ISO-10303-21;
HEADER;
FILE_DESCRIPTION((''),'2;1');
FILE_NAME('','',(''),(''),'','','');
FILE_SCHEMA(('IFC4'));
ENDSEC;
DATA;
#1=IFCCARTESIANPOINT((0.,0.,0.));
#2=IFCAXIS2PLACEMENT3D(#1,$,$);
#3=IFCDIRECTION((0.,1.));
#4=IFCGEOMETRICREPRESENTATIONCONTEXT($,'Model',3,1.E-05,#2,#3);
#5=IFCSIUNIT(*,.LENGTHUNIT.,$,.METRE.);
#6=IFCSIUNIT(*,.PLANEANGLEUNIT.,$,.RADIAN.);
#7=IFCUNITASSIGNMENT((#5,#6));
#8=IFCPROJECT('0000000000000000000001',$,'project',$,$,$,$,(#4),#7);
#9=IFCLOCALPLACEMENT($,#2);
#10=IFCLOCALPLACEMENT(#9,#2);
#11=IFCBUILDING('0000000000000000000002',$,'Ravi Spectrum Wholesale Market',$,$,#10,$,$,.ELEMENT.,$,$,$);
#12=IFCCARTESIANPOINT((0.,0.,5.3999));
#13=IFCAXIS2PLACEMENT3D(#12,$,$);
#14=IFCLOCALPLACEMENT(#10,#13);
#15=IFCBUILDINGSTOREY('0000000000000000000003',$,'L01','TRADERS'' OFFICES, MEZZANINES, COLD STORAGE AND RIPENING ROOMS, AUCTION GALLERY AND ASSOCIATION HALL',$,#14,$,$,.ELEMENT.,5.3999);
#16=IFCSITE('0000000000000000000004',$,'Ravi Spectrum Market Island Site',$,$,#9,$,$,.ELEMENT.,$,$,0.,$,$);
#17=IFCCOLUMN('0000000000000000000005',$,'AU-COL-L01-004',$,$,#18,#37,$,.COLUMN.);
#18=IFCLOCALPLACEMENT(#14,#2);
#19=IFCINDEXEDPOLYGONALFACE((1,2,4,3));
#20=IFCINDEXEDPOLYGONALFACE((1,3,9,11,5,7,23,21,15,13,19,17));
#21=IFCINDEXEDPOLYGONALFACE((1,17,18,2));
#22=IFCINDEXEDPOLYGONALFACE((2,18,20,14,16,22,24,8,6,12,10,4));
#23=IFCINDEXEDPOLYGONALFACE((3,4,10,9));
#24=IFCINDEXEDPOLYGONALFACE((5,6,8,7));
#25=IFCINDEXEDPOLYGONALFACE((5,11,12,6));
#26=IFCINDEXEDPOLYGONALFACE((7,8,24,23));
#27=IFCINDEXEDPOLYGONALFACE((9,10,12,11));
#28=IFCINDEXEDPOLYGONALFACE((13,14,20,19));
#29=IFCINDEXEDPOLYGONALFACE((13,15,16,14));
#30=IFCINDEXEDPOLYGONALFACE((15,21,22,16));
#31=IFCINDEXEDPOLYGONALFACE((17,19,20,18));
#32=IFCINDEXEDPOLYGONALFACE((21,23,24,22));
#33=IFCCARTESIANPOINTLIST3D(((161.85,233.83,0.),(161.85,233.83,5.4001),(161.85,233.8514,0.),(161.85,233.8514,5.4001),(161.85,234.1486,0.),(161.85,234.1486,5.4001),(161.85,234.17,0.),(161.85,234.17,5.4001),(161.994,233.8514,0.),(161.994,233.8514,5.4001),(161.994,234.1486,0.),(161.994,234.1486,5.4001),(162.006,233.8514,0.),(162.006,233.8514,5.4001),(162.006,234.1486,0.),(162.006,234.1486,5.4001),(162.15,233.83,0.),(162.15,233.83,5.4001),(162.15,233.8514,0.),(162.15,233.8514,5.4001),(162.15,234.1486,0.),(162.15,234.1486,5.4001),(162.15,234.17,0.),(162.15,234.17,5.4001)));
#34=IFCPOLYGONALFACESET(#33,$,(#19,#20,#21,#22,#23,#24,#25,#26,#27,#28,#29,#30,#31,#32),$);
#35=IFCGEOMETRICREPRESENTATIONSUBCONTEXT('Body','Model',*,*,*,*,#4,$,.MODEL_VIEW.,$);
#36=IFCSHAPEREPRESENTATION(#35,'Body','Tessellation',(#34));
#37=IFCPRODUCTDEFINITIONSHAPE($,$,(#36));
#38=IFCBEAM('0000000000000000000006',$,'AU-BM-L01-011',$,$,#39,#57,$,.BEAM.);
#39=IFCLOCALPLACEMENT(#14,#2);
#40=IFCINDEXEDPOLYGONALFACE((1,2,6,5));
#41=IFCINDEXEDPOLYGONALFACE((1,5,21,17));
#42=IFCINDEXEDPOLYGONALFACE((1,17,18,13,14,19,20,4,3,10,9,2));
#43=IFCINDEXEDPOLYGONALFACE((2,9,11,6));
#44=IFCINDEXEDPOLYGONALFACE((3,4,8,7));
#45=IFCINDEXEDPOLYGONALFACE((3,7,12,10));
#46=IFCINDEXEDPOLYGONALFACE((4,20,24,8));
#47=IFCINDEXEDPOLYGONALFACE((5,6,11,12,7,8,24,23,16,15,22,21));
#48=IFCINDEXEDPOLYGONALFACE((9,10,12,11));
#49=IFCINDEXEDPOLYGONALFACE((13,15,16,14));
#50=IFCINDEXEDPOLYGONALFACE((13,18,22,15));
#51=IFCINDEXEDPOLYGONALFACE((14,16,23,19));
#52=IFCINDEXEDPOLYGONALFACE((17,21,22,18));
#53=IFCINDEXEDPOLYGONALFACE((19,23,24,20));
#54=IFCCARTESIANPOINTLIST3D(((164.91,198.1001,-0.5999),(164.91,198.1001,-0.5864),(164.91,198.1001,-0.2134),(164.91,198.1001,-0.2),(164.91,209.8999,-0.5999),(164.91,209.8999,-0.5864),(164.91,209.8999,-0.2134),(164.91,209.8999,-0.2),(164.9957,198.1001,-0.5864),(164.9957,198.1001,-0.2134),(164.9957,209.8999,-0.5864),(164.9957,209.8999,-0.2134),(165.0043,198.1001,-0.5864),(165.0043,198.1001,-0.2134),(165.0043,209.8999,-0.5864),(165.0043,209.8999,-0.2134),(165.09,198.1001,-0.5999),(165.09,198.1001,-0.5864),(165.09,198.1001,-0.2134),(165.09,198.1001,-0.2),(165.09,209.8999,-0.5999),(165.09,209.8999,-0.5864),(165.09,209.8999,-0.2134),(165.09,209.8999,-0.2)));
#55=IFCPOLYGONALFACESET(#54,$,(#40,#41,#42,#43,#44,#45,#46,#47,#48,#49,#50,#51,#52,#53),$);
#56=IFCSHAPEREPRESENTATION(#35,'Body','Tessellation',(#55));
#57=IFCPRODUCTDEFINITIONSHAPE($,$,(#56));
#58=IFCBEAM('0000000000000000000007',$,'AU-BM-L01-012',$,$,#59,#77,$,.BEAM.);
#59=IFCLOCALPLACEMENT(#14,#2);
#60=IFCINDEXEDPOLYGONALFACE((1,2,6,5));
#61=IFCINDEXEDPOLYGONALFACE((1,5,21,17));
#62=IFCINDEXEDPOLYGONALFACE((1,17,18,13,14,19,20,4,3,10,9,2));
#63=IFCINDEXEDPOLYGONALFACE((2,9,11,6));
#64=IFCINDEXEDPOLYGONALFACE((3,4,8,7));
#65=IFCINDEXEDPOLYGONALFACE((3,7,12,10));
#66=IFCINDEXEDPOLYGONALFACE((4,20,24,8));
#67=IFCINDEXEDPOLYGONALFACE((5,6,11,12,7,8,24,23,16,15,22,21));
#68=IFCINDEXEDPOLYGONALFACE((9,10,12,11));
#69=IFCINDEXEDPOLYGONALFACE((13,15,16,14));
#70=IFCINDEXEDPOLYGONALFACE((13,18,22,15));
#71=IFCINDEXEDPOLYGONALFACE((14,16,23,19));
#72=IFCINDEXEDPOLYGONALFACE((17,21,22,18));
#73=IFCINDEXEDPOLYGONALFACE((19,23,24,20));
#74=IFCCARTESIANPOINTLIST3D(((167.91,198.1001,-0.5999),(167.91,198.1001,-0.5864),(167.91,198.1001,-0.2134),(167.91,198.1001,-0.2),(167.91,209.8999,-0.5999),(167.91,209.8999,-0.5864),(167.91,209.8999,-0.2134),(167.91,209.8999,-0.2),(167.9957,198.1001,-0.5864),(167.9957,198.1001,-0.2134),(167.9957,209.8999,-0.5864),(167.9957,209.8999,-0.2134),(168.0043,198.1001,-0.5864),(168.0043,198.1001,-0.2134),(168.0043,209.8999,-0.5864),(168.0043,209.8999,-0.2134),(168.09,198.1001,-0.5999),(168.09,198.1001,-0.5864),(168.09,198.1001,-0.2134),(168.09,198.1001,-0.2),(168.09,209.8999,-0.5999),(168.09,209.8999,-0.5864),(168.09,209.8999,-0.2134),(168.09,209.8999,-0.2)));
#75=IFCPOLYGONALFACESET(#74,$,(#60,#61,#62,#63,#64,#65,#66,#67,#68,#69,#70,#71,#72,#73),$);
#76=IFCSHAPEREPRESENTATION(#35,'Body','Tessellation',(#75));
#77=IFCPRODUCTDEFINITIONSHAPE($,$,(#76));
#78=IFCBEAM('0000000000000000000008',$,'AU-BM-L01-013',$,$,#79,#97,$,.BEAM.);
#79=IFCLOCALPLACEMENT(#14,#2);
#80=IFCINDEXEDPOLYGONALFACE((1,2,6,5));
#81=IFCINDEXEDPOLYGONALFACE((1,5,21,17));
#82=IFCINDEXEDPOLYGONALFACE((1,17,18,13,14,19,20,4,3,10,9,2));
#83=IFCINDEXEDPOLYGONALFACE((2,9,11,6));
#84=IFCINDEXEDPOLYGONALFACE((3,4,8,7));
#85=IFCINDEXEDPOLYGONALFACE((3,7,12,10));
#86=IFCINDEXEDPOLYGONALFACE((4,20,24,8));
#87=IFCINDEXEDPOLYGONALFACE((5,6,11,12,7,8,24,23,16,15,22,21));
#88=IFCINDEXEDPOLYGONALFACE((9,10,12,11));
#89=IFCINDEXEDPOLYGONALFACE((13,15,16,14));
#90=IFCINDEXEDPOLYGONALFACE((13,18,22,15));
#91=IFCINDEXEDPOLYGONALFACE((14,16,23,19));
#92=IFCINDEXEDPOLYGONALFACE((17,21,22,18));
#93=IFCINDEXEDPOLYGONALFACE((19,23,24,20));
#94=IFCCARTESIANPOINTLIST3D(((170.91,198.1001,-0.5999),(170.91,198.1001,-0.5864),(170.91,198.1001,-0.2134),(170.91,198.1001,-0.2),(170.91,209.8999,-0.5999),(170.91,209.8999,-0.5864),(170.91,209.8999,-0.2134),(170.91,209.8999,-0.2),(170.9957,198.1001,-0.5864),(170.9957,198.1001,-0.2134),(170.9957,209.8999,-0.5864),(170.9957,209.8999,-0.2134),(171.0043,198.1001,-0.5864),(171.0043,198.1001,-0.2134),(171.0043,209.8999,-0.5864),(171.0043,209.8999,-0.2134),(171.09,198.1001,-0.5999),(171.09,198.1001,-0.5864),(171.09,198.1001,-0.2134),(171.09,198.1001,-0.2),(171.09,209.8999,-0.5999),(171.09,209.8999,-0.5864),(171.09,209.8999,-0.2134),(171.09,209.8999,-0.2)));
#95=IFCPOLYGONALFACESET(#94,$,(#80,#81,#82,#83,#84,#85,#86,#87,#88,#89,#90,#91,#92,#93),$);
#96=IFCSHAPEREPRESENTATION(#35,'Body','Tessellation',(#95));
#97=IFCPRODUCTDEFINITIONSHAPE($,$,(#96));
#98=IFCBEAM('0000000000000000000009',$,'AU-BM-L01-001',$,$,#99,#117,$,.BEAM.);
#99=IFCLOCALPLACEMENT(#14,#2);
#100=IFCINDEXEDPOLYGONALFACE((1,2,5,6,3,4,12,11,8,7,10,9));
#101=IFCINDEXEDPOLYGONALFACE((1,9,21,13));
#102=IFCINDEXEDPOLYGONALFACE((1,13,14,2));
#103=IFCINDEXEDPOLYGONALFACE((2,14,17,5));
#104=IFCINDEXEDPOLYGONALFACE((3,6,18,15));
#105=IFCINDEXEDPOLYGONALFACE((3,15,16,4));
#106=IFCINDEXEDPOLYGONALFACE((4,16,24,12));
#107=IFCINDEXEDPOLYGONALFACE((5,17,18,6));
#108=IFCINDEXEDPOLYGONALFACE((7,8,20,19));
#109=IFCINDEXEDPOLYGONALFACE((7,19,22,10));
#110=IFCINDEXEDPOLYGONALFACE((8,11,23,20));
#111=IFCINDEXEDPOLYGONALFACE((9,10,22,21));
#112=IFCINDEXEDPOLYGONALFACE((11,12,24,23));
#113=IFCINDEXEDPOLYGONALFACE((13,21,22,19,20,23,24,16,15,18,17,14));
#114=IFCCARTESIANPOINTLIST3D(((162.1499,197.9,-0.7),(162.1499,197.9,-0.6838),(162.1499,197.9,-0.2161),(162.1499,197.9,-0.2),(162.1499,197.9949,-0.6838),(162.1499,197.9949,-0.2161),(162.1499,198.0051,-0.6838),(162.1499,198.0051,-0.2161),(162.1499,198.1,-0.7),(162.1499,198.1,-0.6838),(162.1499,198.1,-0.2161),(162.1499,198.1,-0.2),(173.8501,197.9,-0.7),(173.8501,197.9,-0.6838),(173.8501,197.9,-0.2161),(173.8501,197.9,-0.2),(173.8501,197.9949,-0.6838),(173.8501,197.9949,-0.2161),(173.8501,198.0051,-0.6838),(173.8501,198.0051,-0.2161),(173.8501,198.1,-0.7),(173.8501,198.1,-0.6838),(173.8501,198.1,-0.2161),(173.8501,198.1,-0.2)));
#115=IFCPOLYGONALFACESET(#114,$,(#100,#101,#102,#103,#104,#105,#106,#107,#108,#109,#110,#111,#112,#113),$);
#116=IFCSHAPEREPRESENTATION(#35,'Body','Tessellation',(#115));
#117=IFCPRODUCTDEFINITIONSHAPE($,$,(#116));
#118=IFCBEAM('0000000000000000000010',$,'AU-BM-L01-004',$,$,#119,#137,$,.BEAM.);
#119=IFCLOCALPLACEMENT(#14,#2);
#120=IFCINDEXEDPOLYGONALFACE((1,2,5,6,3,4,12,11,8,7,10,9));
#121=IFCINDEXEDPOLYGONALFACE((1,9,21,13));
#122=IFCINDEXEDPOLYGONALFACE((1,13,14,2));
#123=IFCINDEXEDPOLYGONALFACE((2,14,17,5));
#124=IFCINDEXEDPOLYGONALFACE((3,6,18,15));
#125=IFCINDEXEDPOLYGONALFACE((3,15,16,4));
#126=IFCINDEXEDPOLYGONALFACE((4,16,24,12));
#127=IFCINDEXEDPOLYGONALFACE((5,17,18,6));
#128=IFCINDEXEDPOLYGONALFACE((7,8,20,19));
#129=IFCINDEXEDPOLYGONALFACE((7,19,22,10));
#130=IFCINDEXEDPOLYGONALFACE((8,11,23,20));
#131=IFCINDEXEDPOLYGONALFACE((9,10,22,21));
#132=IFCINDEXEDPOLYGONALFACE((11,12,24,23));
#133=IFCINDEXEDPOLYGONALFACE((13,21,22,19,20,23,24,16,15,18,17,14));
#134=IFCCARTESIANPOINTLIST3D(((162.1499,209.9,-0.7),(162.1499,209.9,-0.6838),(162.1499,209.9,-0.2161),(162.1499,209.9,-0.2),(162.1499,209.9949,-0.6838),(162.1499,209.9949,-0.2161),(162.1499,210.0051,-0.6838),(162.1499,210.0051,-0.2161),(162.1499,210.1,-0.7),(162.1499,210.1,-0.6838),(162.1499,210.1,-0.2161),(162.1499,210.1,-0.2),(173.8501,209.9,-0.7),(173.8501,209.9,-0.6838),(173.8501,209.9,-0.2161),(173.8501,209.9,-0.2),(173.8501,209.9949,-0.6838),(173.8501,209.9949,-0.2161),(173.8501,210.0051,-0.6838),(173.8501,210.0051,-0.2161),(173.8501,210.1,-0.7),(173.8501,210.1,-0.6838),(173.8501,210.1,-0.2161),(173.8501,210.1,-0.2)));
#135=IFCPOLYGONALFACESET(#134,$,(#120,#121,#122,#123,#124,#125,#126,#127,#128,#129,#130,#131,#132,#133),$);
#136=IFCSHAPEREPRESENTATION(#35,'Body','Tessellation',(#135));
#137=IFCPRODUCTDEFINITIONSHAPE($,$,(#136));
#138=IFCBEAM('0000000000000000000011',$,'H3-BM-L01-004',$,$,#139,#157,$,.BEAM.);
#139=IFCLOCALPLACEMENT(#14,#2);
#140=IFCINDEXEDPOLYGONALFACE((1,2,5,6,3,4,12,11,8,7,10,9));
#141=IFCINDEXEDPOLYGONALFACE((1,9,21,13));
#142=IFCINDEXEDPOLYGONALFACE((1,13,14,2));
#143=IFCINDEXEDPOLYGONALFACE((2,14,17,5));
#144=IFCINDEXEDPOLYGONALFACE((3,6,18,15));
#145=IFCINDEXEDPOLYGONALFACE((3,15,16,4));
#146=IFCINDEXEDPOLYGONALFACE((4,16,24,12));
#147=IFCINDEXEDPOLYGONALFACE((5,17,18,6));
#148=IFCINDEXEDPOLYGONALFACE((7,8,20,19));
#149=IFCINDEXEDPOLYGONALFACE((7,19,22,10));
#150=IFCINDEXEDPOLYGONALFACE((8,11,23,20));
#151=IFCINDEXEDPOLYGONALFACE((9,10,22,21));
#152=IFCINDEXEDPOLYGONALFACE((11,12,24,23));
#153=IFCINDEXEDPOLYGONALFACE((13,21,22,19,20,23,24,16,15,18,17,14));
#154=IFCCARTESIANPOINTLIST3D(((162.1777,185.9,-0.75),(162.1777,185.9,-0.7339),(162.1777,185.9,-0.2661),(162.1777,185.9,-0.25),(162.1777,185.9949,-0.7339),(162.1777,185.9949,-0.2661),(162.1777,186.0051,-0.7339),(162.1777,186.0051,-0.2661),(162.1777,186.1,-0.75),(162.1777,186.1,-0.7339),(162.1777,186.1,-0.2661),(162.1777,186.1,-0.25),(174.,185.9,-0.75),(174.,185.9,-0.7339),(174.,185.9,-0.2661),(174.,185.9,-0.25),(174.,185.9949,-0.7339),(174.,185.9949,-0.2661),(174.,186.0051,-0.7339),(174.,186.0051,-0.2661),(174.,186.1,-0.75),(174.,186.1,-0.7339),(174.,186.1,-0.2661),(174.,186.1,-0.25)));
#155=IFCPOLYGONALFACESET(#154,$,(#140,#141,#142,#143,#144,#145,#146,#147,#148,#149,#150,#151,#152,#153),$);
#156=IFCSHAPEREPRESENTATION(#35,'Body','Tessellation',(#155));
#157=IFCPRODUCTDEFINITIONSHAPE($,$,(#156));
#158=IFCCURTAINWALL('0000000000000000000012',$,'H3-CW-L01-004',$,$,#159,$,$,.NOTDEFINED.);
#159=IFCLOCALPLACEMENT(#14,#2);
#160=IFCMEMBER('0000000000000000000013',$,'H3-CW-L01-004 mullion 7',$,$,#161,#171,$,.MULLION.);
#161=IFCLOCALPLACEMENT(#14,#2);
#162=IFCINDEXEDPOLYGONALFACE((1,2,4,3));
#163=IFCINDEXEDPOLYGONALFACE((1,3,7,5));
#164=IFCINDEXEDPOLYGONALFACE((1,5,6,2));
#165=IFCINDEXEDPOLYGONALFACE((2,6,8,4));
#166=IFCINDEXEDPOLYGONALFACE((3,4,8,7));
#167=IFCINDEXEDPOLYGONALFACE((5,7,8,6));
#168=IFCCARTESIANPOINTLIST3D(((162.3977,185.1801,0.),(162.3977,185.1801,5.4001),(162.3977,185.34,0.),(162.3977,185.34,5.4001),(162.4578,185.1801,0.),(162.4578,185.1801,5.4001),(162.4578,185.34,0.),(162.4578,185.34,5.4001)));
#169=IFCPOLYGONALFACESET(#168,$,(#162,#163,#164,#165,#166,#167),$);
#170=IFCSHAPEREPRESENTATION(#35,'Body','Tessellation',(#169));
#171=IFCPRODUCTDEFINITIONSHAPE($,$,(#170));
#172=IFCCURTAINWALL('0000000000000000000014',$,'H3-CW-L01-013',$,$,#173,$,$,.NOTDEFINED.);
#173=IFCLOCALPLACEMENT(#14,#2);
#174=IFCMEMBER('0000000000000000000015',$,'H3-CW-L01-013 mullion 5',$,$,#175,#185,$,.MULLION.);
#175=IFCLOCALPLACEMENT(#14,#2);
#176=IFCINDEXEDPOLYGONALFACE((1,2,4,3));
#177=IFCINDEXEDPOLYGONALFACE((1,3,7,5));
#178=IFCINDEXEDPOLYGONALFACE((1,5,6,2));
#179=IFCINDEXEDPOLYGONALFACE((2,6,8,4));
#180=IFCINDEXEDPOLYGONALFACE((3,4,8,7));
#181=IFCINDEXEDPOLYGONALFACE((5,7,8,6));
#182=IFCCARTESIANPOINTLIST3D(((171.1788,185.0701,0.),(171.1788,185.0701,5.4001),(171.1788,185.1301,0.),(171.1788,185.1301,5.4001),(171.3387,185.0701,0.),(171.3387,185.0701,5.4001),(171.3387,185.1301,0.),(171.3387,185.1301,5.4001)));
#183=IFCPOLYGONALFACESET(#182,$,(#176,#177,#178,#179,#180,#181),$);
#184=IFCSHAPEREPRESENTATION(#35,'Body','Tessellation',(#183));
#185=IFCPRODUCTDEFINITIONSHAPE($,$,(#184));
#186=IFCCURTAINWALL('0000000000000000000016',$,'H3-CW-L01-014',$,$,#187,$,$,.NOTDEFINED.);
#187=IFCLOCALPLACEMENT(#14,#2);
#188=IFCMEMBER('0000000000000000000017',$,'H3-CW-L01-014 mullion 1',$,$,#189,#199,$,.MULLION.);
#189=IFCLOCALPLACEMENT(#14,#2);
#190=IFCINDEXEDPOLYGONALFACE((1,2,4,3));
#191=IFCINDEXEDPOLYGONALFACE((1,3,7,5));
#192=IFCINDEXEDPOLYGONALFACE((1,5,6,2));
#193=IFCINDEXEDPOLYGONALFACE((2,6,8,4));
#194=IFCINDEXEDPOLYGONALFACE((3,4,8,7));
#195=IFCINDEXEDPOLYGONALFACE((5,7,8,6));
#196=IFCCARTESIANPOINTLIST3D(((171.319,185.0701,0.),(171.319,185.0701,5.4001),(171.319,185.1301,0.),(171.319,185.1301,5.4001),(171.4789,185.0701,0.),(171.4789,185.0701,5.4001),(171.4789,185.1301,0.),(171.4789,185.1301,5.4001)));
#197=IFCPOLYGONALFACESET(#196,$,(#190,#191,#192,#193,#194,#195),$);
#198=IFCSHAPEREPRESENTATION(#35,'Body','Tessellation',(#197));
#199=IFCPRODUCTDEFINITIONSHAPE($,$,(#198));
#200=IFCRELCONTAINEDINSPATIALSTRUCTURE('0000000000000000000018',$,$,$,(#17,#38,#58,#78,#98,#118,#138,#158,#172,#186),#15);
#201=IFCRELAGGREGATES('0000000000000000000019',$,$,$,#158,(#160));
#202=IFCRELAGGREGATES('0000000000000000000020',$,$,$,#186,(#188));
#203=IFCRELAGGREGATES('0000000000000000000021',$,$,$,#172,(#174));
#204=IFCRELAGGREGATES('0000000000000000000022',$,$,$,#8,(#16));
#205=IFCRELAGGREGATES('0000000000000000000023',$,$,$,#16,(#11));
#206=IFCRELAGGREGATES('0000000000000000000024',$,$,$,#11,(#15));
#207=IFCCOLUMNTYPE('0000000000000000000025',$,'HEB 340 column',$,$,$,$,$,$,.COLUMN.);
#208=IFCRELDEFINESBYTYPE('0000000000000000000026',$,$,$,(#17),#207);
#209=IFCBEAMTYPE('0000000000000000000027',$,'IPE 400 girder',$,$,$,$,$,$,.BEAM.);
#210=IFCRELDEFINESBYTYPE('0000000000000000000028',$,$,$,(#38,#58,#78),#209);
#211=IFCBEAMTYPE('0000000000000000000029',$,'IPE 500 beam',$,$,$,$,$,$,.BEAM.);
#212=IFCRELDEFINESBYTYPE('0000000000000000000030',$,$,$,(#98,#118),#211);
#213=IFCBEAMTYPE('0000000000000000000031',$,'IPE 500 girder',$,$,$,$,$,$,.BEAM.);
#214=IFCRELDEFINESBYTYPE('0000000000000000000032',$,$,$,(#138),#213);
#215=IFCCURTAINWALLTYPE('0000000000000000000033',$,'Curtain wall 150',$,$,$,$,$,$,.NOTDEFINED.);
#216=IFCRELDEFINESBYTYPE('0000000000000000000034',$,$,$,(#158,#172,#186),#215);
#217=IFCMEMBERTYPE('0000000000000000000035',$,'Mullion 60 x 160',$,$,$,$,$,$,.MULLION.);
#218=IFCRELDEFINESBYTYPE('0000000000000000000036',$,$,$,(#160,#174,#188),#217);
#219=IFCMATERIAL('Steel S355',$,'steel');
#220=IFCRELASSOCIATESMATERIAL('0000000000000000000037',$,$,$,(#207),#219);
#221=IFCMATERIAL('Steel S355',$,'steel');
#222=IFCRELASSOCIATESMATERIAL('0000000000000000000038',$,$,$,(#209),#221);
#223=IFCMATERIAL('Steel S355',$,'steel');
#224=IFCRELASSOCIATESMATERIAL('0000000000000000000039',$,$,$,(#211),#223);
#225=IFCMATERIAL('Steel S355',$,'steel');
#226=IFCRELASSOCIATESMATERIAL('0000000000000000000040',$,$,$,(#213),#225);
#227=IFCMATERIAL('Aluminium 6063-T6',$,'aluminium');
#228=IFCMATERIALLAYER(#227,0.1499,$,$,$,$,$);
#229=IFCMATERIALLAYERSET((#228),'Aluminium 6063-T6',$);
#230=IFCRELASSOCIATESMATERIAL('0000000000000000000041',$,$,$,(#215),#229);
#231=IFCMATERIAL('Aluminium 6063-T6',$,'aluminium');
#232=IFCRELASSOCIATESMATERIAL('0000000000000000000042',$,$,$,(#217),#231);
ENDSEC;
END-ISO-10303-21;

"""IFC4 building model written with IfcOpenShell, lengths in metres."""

from ifc_helpers import new_model, si_unit, direction, frame, origin, origin_2d, place, context, subcontext, project, spatial, rectangle, i_section, extrude, material, layer, layer_set, material_profile, profile_set, type_object, element, aggregate, save


model = new_model("IFC4")

# Units and contexts
model_context = context("Model", 3, precision=1e-05, world=origin(), true_north=direction((0.0, 1.0)))
body_context = subcontext(model_context, "Body", "Model", "MODEL_VIEW")
ifc_project = project(units=[si_unit("LENGTHUNIT", "METRE"), si_unit("PLANEANGLEUNIT", "RADIAN")], contexts=[model_context])

# Site, building, storey
site_placement = place(None, origin())
site = spatial("IfcSite", under=ifc_project, at=site_placement, Name="Ravi Spectrum Market Island Site", CompositionType="ELEMENT", RefElevation=0.0)
building_placement = place(site_placement, origin())
building = spatial("IfcBuilding", under=site, at=building_placement, Name="Ravi Spectrum Wholesale Market", CompositionType="ELEMENT")
storey_placement = place(building_placement, frame((0.0, 0.0, 5.3999)))
storey = spatial("IfcBuildingStorey", under=building, at=storey_placement, Name="L01", Description="TRADERS' OFFICES, MEZZANINES, COLD STORAGE AND RIPENING ROOMS, AUCTION GALLERY AND ASSOCIATION HALL", CompositionType="ELEMENT", Elevation=5.3999)

# Column
ifc_material_1 = material(Name="Steel S355", Category="steel")
ifc_material_profile_1 = material_profile(ifc_material_1, i_section(OverallWidth=0.3, OverallDepth=0.3401, WebThickness=0.012, FlangeThickness=0.0215, at=origin_2d()))
ifc_profile_set_1 = profile_set([ifc_material_profile_1], Name="Steel S355")
column_type = type_object("IfcColumnType", Name="HEB 340 column", PredefinedType="COLUMN", material=ifc_profile_set_1)
column_placement = place(storey_placement, frame((162.0, 234.0, 0.0), z_axis=(0.0, 0.0, 1.0), x_axis=(1.0, 0.0, 0.0)))
element("IfcColumn", 1, at=column_placement, inside=storey, type_object=column_type, Name="AU-COL-L01-004", PredefinedType="COLUMN", context=body_context, shape_type="SweptSolid", body=[
    extrude(i_section(OverallWidth=0.3, OverallDepth=0.3401, WebThickness=0.012, FlangeThickness=0.0215, at=origin_2d()), origin(), (0.0, 0.0, 1.0), 5.4001),
])

# Beams
ifc_material_2 = material(Name="Steel S355", Category="steel")
ifc_material_profile_2 = material_profile(ifc_material_2, i_section(OverallWidth=0.1799, OverallDepth=0.3999, WebThickness=0.0085, FlangeThickness=0.0134, at=origin_2d()))
ifc_profile_set_2 = profile_set([ifc_material_profile_2], Name="Steel S355")
beam_type_1 = type_object("IfcBeamType", Name="IPE 400 girder", PredefinedType="BEAM", material=ifc_profile_set_2)
for number, where, z_axis, x_axis, name in (
    (2, (165.0, 198.1001, -0.3999), (0.0, 1.0, 0.0), (-1.0, 0.0, 0.0), "AU-BM-L01-011"),
    (3, (168.0, 198.1001, -0.3999), (0.0, 1.0, 0.0), (-1.0, 0.0, 0.0), "AU-BM-L01-012"),
    (4, (171.0, 198.1001, -0.3999), (0.0, 1.0, 0.0), (-1.0, 0.0, 0.0), "AU-BM-L01-013"),
):
    element("IfcBeam", number, at=place(storey_placement, frame(where, z_axis=z_axis, x_axis=x_axis)), inside=storey, type_object=beam_type_1, Name=name, PredefinedType="BEAM", context=body_context, shape_type="SweptSolid", body=[
        extrude(i_section(OverallWidth=0.1799, OverallDepth=0.3999, WebThickness=0.0085, FlangeThickness=0.0134, at=origin_2d()), origin(), (0.0, 0.0, 1.0), 11.7998),
    ])
ifc_material_3 = material(Name="Steel S355", Category="steel")
ifc_material_profile_3 = material_profile(ifc_material_3, i_section(OverallWidth=0.2, OverallDepth=0.5, WebThickness=0.0103, FlangeThickness=0.0161, at=origin_2d()))
ifc_profile_set_3 = profile_set([ifc_material_profile_3], Name="Steel S355")
beam_type_2 = type_object("IfcBeamType", Name="IPE 500 beam", PredefinedType="BEAM", material=ifc_profile_set_3)
for number, where, z_axis, x_axis, name in (
    (5, (162.1499, 198.0, -0.45), (1.0, 0.0, 0.0), (0.0, 1.0, 0.0), "AU-BM-L01-001"),
    (6, (162.1499, 210.0, -0.45), (1.0, 0.0, 0.0), (0.0, 1.0, 0.0), "AU-BM-L01-004"),
):
    element("IfcBeam", number, at=place(storey_placement, frame(where, z_axis=z_axis, x_axis=x_axis)), inside=storey, type_object=beam_type_2, Name=name, PredefinedType="BEAM", context=body_context, shape_type="SweptSolid", body=[
        extrude(i_section(OverallWidth=0.2, OverallDepth=0.5, WebThickness=0.0103, FlangeThickness=0.0161, at=origin_2d()), origin(), (0.0, 0.0, 1.0), 11.7002),
    ])
ifc_material_4 = material(Name="Steel S355", Category="steel")
ifc_material_profile_4 = material_profile(ifc_material_4, i_section(OverallWidth=0.2, OverallDepth=0.5, WebThickness=0.0103, FlangeThickness=0.0161, at=origin_2d()))
ifc_profile_set_4 = profile_set([ifc_material_profile_4], Name="Steel S355")
beam_type_3 = type_object("IfcBeamType", Name="IPE 500 girder", PredefinedType="BEAM", material=ifc_profile_set_4)
beam_placement = place(storey_placement, frame((162.1777, 186.0, -0.5), z_axis=(1.0, 0.0, 0.0), x_axis=(0.0, 1.0, 0.0)))
element("IfcBeam", 7, at=beam_placement, inside=storey, type_object=beam_type_3, Name="H3-BM-L01-004", PredefinedType="BEAM", context=body_context, shape_type="SweptSolid", body=[
    extrude(i_section(OverallWidth=0.2, OverallDepth=0.5, WebThickness=0.0103, FlangeThickness=0.0161, at=origin_2d()), origin(), (0.0, 0.0, 1.0), 11.8223),
])

# Curtain walls, members
ifc_material_5 = material(Name="Aluminium 6063-T6", Category="aluminium")
ifc_layer_1 = layer(ifc_material_5, 0.1499)
ifc_layer_set_1 = layer_set([ifc_layer_1], Name="Aluminium 6063-T6")
curtain_wall_type = type_object("IfcCurtainWallType", Name="Curtain wall 150", PredefinedType="NOTDEFINED", material=ifc_layer_set_1)
curtain_wall_1_placement = place(storey_placement, origin())
curtain_wall_1 = element("IfcCurtainWall", 8, at=curtain_wall_1_placement, inside=storey, type_object=curtain_wall_type, Name="H3-CW-L01-004", PredefinedType="NOTDEFINED")
ifc_material_6 = material(Name="Aluminium 6063-T6", Category="aluminium")
ifc_material_profile_5 = material_profile(ifc_material_6, rectangle(XDim=0.0601, YDim=0.1599, at=origin_2d()))
ifc_profile_set_5 = profile_set([ifc_material_profile_5], Name="Aluminium 6063-T6")
member_type_1 = type_object("IfcMemberType", Name="Mullion 60 x 160", PredefinedType="MULLION", material=ifc_profile_set_5)
member_1_placement = place(storey_placement, frame((162.4277, 185.26, 0.0), z_axis=(0.0, 0.0, 1.0), x_axis=(-1.0, 0.0, 0.0)))
member_1 = element("IfcMember", 9, at=member_1_placement, type_object=member_type_1, Name="H3-CW-L01-004 mullion 7", PredefinedType="MULLION", context=body_context, shape_type="SweptSolid", body=[
    extrude(rectangle(XDim=0.0601, YDim=0.1599, at=origin_2d()), origin(), (0.0, 0.0, 1.0), 5.4001),
])
aggregate(curtain_wall_1, [member_1])
curtain_wall_2_placement = place(storey_placement, origin())
curtain_wall_2 = element("IfcCurtainWall", 10, at=curtain_wall_2_placement, inside=storey, type_object=curtain_wall_type, Name="H3-CW-L01-013", PredefinedType="NOTDEFINED")
member_2_placement = place(storey_placement, frame((171.2588, 185.1001, 0.0), z_axis=(0.0, 0.0, 1.0), x_axis=(0.0, 1.0, 0.0)))
member_2 = element("IfcMember", 11, at=member_2_placement, type_object=member_type_1, Name="H3-CW-L01-013 mullion 5", PredefinedType="MULLION", context=body_context, shape_type="SweptSolid", body=[
    extrude(rectangle(XDim=0.0601, YDim=0.1599, at=origin_2d()), origin(), (0.0, 0.0, 1.0), 5.4001),
])
curtain_wall_3_placement = place(storey_placement, origin())
curtain_wall_3 = element("IfcCurtainWall", 12, at=curtain_wall_3_placement, inside=storey, type_object=curtain_wall_type, Name="H3-CW-L01-014", PredefinedType="NOTDEFINED")
member_3_placement = place(storey_placement, frame((171.3989, 185.1001, 0.0), z_axis=(0.0, 0.0, 1.0), x_axis=(0.0, 1.0, 0.0)))
member_3 = element("IfcMember", 13, at=member_3_placement, type_object=member_type_1, Name="H3-CW-L01-014 mullion 1", PredefinedType="MULLION", context=body_context, shape_type="SweptSolid", body=[
    extrude(rectangle(XDim=0.0601, YDim=0.1599, at=origin_2d()), origin(), (0.0, 0.0, 1.0), 5.4001),
])

aggregate(curtain_wall_3, [member_3])

aggregate(curtain_wall_2, [member_2])

save(model, "model.ifc")
